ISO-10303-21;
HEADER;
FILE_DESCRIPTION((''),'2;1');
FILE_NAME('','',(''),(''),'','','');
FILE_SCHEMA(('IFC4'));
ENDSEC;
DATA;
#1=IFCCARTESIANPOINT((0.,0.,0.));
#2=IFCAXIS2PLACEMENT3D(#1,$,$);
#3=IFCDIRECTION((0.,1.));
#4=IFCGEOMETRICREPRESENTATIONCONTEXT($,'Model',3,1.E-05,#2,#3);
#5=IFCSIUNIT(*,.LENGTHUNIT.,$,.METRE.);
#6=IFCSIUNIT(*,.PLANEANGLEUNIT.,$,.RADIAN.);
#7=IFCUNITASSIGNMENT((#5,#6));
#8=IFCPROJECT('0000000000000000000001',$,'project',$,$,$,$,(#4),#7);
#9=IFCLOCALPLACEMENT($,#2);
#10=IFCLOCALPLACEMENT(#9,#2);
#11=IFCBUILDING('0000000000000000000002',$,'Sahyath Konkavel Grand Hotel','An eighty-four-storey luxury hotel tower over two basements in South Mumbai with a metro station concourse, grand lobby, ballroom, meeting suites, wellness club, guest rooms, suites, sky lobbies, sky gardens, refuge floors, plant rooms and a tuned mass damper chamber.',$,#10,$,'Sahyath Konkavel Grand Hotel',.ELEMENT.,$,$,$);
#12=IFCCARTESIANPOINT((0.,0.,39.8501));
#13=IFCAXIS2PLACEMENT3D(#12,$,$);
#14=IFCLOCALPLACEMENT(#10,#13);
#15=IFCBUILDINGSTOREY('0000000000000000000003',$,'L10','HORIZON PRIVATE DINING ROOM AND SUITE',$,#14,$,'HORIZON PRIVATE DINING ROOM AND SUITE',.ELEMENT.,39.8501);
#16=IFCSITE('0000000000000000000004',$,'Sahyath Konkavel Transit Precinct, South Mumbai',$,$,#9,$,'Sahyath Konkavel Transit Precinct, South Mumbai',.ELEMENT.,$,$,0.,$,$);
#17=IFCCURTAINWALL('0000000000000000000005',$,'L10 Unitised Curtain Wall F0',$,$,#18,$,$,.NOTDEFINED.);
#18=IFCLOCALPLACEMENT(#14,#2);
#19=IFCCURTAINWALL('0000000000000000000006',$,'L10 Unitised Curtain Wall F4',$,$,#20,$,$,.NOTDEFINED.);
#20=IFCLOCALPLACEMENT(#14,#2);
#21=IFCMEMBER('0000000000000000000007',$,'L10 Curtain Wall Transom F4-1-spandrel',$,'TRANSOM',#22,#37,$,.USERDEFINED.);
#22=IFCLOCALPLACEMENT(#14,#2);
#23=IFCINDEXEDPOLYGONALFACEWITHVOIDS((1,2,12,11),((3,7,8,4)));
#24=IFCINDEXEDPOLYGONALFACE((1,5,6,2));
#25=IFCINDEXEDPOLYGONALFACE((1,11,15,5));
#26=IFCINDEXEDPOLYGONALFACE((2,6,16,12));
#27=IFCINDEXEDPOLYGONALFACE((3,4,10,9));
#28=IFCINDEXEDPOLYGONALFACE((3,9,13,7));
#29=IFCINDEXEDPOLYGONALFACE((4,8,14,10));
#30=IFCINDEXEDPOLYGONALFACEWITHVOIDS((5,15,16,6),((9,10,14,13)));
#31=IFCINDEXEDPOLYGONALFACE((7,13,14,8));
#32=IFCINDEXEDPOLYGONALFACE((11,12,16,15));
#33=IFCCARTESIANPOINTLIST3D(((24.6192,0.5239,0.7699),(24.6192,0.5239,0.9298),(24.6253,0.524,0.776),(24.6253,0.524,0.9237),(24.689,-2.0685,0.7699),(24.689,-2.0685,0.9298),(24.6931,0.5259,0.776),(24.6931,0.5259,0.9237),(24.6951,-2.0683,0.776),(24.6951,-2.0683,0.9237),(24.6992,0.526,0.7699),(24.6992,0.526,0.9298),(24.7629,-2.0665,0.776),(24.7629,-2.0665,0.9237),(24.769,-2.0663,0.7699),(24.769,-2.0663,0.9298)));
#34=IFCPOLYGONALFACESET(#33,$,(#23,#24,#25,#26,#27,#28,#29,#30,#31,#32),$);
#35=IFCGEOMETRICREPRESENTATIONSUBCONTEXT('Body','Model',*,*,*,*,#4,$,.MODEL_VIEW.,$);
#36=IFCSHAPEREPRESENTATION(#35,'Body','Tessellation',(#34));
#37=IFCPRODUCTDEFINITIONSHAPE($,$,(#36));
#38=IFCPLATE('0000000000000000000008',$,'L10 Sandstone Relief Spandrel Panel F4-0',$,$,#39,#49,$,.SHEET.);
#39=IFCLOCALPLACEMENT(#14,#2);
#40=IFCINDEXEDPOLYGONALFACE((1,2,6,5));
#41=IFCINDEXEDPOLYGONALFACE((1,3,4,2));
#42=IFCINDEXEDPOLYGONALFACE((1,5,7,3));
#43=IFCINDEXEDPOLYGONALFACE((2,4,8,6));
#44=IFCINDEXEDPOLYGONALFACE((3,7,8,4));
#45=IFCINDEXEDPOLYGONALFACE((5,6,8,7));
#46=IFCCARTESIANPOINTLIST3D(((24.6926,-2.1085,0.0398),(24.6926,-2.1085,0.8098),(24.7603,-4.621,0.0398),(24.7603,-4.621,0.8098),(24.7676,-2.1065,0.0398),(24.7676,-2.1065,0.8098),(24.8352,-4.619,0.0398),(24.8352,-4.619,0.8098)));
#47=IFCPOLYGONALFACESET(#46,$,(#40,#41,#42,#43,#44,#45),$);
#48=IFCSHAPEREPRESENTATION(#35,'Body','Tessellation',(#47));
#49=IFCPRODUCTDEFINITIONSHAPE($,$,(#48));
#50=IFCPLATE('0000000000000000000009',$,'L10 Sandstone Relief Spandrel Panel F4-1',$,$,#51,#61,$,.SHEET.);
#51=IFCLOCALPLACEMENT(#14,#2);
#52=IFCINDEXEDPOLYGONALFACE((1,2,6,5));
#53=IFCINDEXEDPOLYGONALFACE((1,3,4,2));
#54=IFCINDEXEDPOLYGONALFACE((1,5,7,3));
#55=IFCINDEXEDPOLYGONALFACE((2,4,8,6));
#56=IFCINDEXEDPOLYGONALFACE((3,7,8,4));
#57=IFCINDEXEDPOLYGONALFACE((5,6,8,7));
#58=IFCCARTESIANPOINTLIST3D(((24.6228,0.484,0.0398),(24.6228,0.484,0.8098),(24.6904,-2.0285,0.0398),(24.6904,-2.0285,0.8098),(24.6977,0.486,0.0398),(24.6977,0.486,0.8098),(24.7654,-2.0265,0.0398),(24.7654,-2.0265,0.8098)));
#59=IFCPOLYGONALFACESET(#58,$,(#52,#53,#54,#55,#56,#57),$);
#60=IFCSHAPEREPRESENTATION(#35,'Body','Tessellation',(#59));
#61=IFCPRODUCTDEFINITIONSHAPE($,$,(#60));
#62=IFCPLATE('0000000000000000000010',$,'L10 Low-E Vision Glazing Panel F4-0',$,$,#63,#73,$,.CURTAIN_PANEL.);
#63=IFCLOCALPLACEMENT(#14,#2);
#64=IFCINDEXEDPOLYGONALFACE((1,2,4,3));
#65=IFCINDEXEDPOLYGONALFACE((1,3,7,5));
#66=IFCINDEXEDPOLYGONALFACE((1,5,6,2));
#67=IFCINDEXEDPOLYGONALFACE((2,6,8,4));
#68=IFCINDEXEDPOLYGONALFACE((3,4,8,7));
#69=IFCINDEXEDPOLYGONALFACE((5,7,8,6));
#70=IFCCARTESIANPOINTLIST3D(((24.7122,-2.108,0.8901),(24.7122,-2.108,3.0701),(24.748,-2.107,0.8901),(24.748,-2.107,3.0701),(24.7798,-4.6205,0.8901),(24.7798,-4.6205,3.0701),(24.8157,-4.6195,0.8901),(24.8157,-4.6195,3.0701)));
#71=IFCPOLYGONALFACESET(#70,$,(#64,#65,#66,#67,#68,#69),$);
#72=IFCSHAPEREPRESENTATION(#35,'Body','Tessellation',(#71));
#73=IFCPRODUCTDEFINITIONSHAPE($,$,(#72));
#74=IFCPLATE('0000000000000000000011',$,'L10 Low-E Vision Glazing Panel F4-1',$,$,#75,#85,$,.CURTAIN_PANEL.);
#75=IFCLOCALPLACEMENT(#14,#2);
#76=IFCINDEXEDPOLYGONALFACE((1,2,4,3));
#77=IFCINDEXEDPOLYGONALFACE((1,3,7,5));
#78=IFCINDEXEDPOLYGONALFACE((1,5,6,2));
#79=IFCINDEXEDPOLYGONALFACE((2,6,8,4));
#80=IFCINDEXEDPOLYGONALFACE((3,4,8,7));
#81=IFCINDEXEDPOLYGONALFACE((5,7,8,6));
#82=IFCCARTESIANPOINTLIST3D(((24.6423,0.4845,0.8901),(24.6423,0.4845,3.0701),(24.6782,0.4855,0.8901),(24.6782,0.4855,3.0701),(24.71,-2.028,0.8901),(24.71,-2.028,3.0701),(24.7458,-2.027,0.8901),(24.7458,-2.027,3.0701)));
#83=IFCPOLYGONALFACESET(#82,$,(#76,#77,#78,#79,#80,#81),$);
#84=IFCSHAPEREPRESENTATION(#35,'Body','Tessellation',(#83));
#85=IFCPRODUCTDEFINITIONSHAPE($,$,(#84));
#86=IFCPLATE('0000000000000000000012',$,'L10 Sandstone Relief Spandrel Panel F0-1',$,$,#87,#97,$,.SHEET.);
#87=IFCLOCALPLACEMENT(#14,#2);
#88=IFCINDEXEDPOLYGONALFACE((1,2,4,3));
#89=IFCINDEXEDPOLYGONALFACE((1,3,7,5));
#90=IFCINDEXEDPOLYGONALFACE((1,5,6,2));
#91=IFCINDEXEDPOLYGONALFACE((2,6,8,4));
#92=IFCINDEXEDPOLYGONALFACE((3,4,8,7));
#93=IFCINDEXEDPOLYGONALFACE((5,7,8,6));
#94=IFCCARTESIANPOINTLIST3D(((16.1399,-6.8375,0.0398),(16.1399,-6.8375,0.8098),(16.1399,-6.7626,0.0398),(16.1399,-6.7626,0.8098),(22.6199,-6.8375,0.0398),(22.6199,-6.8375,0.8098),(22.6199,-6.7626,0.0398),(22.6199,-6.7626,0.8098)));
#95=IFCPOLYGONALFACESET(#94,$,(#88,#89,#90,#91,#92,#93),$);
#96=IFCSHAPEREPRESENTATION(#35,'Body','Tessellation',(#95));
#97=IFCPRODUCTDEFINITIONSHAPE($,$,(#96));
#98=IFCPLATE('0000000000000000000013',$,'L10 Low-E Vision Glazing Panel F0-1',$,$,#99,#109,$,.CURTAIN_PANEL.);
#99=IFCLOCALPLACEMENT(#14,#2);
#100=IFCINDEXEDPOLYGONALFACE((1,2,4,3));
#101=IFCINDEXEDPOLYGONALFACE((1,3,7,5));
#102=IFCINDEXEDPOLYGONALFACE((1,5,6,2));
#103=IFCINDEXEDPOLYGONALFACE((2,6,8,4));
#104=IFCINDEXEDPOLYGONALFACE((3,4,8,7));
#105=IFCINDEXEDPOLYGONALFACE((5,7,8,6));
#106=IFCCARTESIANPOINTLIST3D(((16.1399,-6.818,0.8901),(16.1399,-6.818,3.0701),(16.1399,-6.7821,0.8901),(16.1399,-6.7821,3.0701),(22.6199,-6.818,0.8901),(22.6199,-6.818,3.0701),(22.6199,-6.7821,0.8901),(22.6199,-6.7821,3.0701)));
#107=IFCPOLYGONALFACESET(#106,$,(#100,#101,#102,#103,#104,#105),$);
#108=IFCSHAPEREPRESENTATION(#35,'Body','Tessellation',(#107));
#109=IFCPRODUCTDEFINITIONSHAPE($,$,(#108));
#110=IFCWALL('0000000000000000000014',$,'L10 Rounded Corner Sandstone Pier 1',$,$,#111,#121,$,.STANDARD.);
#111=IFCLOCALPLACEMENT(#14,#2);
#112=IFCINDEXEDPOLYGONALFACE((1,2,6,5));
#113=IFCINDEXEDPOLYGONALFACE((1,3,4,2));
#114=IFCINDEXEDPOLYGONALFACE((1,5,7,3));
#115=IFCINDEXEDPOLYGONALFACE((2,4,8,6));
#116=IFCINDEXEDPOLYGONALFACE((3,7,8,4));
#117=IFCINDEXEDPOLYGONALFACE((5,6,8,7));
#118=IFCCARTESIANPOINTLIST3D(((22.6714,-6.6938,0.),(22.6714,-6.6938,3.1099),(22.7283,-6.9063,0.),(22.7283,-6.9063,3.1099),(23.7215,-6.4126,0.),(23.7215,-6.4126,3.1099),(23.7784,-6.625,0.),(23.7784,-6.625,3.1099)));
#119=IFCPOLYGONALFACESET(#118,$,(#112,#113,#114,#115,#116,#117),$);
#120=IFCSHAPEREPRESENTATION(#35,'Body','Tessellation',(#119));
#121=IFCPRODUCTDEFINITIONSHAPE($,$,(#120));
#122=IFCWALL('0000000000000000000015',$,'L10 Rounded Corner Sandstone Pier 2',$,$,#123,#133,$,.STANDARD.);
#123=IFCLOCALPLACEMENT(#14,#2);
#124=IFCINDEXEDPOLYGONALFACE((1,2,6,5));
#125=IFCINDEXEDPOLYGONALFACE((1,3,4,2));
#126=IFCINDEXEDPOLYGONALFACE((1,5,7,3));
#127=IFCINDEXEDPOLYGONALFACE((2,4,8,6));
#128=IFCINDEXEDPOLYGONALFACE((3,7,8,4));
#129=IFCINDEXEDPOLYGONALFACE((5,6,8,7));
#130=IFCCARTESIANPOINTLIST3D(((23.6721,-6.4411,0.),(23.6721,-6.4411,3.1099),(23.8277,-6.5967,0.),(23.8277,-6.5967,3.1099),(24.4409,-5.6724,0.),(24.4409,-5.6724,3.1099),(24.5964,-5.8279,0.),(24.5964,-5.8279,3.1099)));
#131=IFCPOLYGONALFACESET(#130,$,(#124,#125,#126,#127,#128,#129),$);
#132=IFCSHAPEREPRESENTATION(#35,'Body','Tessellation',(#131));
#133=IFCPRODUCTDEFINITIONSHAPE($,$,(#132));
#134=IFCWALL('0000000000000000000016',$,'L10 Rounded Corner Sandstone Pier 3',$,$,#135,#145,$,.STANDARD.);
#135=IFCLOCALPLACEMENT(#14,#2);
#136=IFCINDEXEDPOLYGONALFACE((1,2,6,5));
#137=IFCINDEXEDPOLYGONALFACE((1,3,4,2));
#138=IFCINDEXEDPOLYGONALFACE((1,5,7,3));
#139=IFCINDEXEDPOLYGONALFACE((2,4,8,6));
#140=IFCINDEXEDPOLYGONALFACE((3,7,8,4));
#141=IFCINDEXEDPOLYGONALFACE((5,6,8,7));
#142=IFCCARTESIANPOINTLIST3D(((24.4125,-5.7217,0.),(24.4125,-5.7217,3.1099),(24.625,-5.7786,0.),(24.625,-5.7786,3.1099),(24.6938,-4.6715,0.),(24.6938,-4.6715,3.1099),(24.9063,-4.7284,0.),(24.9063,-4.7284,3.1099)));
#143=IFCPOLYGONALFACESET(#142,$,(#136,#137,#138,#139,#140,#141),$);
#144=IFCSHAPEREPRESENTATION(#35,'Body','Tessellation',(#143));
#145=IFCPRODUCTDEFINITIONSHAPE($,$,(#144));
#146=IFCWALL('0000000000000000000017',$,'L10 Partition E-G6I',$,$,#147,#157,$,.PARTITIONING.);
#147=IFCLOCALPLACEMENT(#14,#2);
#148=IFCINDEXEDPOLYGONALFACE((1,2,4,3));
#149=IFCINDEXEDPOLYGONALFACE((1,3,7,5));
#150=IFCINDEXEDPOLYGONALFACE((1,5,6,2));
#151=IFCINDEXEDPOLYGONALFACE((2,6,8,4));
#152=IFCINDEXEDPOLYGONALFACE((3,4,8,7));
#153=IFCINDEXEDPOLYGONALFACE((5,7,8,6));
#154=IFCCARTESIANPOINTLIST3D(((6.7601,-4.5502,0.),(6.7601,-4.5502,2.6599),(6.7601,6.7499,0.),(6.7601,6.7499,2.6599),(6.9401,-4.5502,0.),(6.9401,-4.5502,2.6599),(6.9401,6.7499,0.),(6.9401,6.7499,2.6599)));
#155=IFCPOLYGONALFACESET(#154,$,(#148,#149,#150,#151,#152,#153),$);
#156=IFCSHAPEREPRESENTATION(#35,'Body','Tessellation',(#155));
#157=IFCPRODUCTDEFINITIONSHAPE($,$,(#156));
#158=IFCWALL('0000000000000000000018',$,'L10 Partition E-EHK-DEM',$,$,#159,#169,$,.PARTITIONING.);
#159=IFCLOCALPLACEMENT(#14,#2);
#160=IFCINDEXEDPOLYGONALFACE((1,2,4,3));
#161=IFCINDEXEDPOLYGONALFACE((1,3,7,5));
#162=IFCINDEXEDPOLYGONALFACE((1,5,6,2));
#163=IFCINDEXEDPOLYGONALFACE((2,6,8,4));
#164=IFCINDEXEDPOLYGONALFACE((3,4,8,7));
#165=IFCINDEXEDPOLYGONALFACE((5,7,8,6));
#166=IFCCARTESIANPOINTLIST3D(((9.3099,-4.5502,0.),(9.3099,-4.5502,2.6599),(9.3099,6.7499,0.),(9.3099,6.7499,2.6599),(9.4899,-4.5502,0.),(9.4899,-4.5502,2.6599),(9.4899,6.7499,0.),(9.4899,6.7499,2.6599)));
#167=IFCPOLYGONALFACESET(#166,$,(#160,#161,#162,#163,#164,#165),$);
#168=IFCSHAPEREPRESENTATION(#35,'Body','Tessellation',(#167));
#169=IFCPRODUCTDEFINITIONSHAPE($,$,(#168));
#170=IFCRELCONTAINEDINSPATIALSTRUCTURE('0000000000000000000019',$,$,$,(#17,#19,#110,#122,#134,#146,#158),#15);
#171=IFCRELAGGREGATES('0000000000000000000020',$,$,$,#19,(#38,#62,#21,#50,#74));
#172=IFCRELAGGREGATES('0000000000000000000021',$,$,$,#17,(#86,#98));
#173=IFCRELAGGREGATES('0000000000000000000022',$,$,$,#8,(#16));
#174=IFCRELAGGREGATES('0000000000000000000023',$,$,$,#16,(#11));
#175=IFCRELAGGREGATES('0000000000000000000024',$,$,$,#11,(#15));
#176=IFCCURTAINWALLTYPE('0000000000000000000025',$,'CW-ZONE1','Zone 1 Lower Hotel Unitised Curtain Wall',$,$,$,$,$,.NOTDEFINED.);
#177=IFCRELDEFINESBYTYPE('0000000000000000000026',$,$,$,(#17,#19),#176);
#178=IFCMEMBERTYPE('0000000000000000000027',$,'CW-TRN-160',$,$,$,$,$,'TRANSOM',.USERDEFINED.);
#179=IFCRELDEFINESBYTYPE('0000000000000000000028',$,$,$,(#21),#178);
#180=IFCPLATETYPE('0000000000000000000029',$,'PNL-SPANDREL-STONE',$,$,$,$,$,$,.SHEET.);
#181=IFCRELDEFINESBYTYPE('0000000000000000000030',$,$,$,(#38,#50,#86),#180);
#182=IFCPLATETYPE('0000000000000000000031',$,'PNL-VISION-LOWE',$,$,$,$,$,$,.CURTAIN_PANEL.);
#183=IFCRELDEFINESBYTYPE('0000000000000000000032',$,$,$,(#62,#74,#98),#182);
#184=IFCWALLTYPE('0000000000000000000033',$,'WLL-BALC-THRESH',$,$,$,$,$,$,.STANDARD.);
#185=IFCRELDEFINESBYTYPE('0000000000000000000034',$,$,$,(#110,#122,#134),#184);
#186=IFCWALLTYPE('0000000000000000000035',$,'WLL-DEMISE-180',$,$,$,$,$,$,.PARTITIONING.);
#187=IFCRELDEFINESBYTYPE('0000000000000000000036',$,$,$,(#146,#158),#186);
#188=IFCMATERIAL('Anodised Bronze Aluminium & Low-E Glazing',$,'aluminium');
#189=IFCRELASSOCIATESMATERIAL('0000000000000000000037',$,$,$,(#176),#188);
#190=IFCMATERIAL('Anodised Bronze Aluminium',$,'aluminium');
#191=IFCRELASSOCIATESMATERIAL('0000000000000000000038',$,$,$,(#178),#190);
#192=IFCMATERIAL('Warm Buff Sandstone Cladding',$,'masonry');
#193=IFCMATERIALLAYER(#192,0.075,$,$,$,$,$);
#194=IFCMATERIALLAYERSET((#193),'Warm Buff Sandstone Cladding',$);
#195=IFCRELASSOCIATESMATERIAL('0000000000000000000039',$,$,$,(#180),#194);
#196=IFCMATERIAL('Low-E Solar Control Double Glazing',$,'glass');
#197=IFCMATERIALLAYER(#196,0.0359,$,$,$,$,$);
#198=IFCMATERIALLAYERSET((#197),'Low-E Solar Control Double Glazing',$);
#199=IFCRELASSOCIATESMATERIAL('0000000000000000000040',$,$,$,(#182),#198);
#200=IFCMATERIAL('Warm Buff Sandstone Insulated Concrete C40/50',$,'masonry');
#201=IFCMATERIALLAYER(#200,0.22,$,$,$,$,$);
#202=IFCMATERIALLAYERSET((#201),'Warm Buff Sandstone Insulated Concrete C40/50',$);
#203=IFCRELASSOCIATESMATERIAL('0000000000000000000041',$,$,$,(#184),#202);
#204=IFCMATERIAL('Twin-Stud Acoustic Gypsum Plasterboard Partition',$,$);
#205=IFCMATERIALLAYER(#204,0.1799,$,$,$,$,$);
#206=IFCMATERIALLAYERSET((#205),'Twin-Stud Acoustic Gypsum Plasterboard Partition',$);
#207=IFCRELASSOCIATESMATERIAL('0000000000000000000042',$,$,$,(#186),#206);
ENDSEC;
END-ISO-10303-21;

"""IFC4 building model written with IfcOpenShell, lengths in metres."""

from ifc_helpers import new_model, si_unit, direction, frame, frame_2d, origin, origin_2d, place, context, subcontext, project, spatial, rectangle, hollow_rectangle, extrude, source, transform, mapped, material, layer, layer_set, material_profile, profile_set, type_object, element, aggregate, save


model = new_model("IFC4")

# Units and contexts
model_context = context("Model", 3, precision=1e-05, world=origin(), true_north=direction((0.0, 1.0)))
body_context = subcontext(model_context, "Body", "Model", "MODEL_VIEW")
ifc_project = project(units=[si_unit("LENGTHUNIT", "METRE"), si_unit("PLANEANGLEUNIT", "RADIAN")], contexts=[model_context])

# Site, building, storey
site_placement = place(None, origin())
site = spatial("IfcSite", under=ifc_project, at=site_placement, Name="Sahyath Konkavel Transit Precinct, South Mumbai", LongName="Sahyath Konkavel Transit Precinct, South Mumbai", CompositionType="ELEMENT", RefElevation=0.0)
building_placement = place(site_placement, origin())
building = spatial("IfcBuilding", under=site, at=building_placement, Name="Sahyath Konkavel Grand Hotel", Description="An eighty-four-storey luxury hotel tower over two basements in South Mumbai with a metro station concourse, grand lobby, ballroom, meeting suites, wellness club, guest rooms, suites, sky lobbies, sky gardens, refuge floors, plant rooms and a tuned mass damper chamber.", LongName="Sahyath Konkavel Grand Hotel", CompositionType="ELEMENT")
storey_placement = place(building_placement, frame((0.0, 0.0, 39.8501)))
storey = spatial("IfcBuildingStorey", under=building, at=storey_placement, Name="L10", Description="HORIZON PRIVATE DINING ROOM AND SUITE", LongName="HORIZON PRIVATE DINING ROOM AND SUITE", CompositionType="ELEMENT", Elevation=39.8501)

# Curtain wall
ifc_material_1 = material(Name="Anodised Bronze Aluminium & Low-E Glazing", Category="aluminium")
curtain_wall_type = type_object("IfcCurtainWallType", Name="CW-ZONE1", Description="Zone 1 Lower Hotel Unitised Curtain Wall", PredefinedType="NOTDEFINED", material=ifc_material_1)
curtain_wall_1_placement = place(storey_placement, origin())
curtain_wall_1 = element("IfcCurtainWall", 1, at=curtain_wall_1_placement, inside=storey, type_object=curtain_wall_type, Name="L10 Unitised Curtain Wall F0", PredefinedType="NOTDEFINED")
ifc_material_2 = material(Name="Anodised Bronze Aluminium", Category="aluminium")

# Curtain wall, member, plates
curtain_wall_2_placement = place(storey_placement, origin())
curtain_wall_2 = element("IfcCurtainWall", 2, at=curtain_wall_2_placement, inside=storey, type_object=curtain_wall_type, Name="L10 Unitised Curtain Wall F4", PredefinedType="NOTDEFINED")
ifc_material_profile_1 = material_profile(ifc_material_2, hollow_rectangle(XDim=0.0801, YDim=0.1599, WallThickness=0.0061, at=origin_2d()), Name="RHS 160x80x6")
ifc_profile_set_1 = profile_set([ifc_material_profile_1], Name="Anodised Bronze Aluminium")
member_type_1 = type_object("IfcMemberType", Name="CW-TRN-160", ElementType="TRANSOM", PredefinedType="USERDEFINED", material=ifc_profile_set_1)
shared_shape_1 = source(origin(), body_context, "Body", "SweptSolid", [
    extrude(hollow_rectangle(XDim=0.0801, YDim=0.1599, WallThickness=0.0061, at=origin_2d()), origin(), (0.0, 0.0, 1.0), 2.5933),
])
member_1_placement = place(storey_placement, frame((24.729, -2.0674, 0.8499), z_axis=(-0.026926, 0.999637, 0.0), x_axis=(-0.999637, -0.026926, 0.0)))
member_1 = element("IfcMember", 3, at=member_1_placement, type_object=member_type_1, Name="L10 Curtain Wall Transom F4-1-spandrel", ObjectType="TRANSOM", PredefinedType="USERDEFINED", context=body_context, shape_type="MappedRepresentation", body=[
    mapped(shared_shape_1, transform((0.0, 0.0, 0.0), scale=1.0)),
])
ifc_material_3 = material(Name="Warm Buff Sandstone Cladding", Category="masonry")
ifc_layer_1 = layer(ifc_material_3, 0.075)
ifc_layer_set_1 = layer_set([ifc_layer_1], Name="Warm Buff Sandstone Cladding")
plate_type_1 = type_object("IfcPlateType", Name="PNL-SPANDREL-STONE", PredefinedType="SHEET", material=ifc_layer_set_1)
shared_shape_2 = source(origin(), body_context, "Body", "SweptSolid", [
    extrude(rectangle(XDim=2.5134, YDim=0.075, at=origin_2d()), origin(), (0.0, 0.0, 1.0), 0.77),
])
plate_1_placement = place(storey_placement, frame((24.7639, -3.3638, 0.0398), z_axis=(0.0, 0.0, 1.0), x_axis=(-0.02691, 0.999638, 0.0)))
plate_1 = element("IfcPlate", 4, at=plate_1_placement, type_object=plate_type_1, Name="L10 Sandstone Relief Spandrel Panel F4-0", PredefinedType="SHEET", context=body_context, shape_type="MappedRepresentation", body=[
    mapped(shared_shape_2, transform((0.0, 0.0, 0.0), scale=1.0)),
])
plate_2_placement = place(storey_placement, frame((24.6941, -0.7712, 0.0398), z_axis=(0.0, 0.0, 1.0), x_axis=(-0.02691, 0.999638, 0.0)))
plate_2 = element("IfcPlate", 5, at=plate_2_placement, type_object=plate_type_1, Name="L10 Sandstone Relief Spandrel Panel F4-1", PredefinedType="SHEET", context=body_context, shape_type="MappedRepresentation", body=[
    mapped(shared_shape_2, transform((0.0, 0.0, 0.0), scale=1.0)),
])
ifc_material_4 = material(Name="Low-E Solar Control Double Glazing", Category="glass")
ifc_layer_2 = layer(ifc_material_4, 0.0359)
ifc_layer_set_2 = layer_set([ifc_layer_2], Name="Low-E Solar Control Double Glazing")
plate_type_2 = type_object("IfcPlateType", Name="PNL-VISION-LOWE", PredefinedType="CURTAIN_PANEL", material=ifc_layer_set_2)
shared_shape_3 = source(origin(), body_context, "Body", "SweptSolid", [
    extrude(rectangle(XDim=2.5134, YDim=0.0359, at=origin_2d()), origin(), (0.0, 0.0, 1.0), 2.1799),
])
plate_3_placement = place(storey_placement, frame((24.7639, -3.3638, 0.8901), z_axis=(0.0, 0.0, 1.0), x_axis=(-0.02691, 0.999638, 0.0)))
plate_3 = element("IfcPlate", 6, at=plate_3_placement, type_object=plate_type_2, Name="L10 Low-E Vision Glazing Panel F4-0", PredefinedType="CURTAIN_PANEL", context=body_context, shape_type="MappedRepresentation", body=[
    mapped(shared_shape_3, transform((0.0, 0.0, 0.0), scale=1.0)),
])
plate_4_placement = place(storey_placement, frame((24.6941, -0.7712, 0.8901), z_axis=(0.0, 0.0, 1.0), x_axis=(-0.02691, 0.999638, 0.0)))
plate_4 = element("IfcPlate", 7, at=plate_4_placement, type_object=plate_type_2, Name="L10 Low-E Vision Glazing Panel F4-1", PredefinedType="CURTAIN_PANEL", context=body_context, shape_type="MappedRepresentation", body=[
    mapped(shared_shape_3, transform((0.0, 0.0, 0.0), scale=1.0)),
])
aggregate(curtain_wall_2, [plate_1, plate_3, member_1, plate_2, plate_4])

# Plates
shared_shape_4 = source(origin(), body_context, "Body", "SweptSolid", [
    extrude(rectangle(XDim=6.48, YDim=0.075, at=origin_2d()), origin(), (0.0, 0.0, 1.0), 0.77),
])
plate_5_placement = place(storey_placement, frame((19.3799, -6.8, 0.0398), z_axis=(0.0, 0.0, 1.0), x_axis=(1.0, 0.0, 0.0)))
plate_5 = element("IfcPlate", 8, at=plate_5_placement, type_object=plate_type_1, Name="L10 Sandstone Relief Spandrel Panel F0-1", PredefinedType="SHEET", context=body_context, shape_type="MappedRepresentation", body=[
    mapped(shared_shape_4, transform((0.0, 0.0, 0.0), scale=1.0)),
])
shared_shape_5 = source(origin(), body_context, "Body", "SweptSolid", [
    extrude(rectangle(XDim=6.48, YDim=0.0359, at=origin_2d()), origin(), (0.0, 0.0, 1.0), 2.1799),
])
plate_6_placement = place(storey_placement, frame((19.3799, -6.8, 0.8901), z_axis=(0.0, 0.0, 1.0), x_axis=(1.0, 0.0, 0.0)))
plate_6 = element("IfcPlate", 9, at=plate_6_placement, type_object=plate_type_2, Name="L10 Low-E Vision Glazing Panel F0-1", PredefinedType="CURTAIN_PANEL", context=body_context, shape_type="MappedRepresentation", body=[
    mapped(shared_shape_5, transform((0.0, 0.0, 0.0), scale=1.0)),
])
aggregate(curtain_wall_1, [plate_5, plate_6])

# Walls
ifc_material_5 = material(Name="Warm Buff Sandstone Insulated Concrete C40/50", Category="masonry")
ifc_layer_3 = layer(ifc_material_5, 0.22)
ifc_layer_set_3 = layer_set([ifc_layer_3], Name="Warm Buff Sandstone Insulated Concrete C40/50")
wall_type_1 = type_object("IfcWallType", Name="WLL-BALC-THRESH", PredefinedType="STANDARD", material=ifc_layer_set_3)
for number, where, z_axis, x_axis, name in (
    (10, (22.7, -6.8, 0.0), (0.0, 0.0, 1.0), (0.965951, 0.258725, 0.0), "L10 Rounded Corner Sandstone Pier 1"),
    (11, (23.75, -6.5188, 0.0), (0.0, 0.0, 1.0), (0.707107, 0.707107, 0.0), "L10 Rounded Corner Sandstone Pier 2"),
    (12, (24.5188, -5.75, 0.0), (0.0, 0.0, 1.0), (0.258725, 0.965951, 0.0), "L10 Rounded Corner Sandstone Pier 3"),
):
    element("IfcWall", number, at=place(storey_placement, frame(where, z_axis=z_axis, x_axis=x_axis)), inside=storey, type_object=wall_type_1, Name=name, PredefinedType="STANDARD", context=body_context, shape_type="SweptSolid", body=[
        extrude(rectangle(XDim=1.0872, YDim=0.22, at=frame_2d((0.5435, 0.0))), origin(), (0.0, 0.0, 1.0), 3.1099),
    ])
ifc_material_6 = material(Name="Twin-Stud Acoustic Gypsum Plasterboard Partition")
ifc_layer_4 = layer(ifc_material_6, 0.1799)
ifc_layer_set_4 = layer_set([ifc_layer_4], Name="Twin-Stud Acoustic Gypsum Plasterboard Partition")
wall_type_2 = type_object("IfcWallType", Name="WLL-DEMISE-180", PredefinedType="PARTITIONING", material=ifc_layer_set_4)
for number, where, z_axis, x_axis, name in (
    (13, (6.8501, -4.55, 0.0), (0.0, 0.0, 1.0), (0.0, 1.0, 0.0), "L10 Partition E-G6I"),
    (14, (9.3999, -4.55, 0.0), (0.0, 0.0, 1.0), (0.0, 1.0, 0.0), "L10 Partition E-EHK-DEM"),
):
    element("IfcWall", number, at=place(storey_placement, frame(where, z_axis=z_axis, x_axis=x_axis)), inside=storey, type_object=wall_type_2, Name=name, PredefinedType="PARTITIONING", context=body_context, shape_type="SweptSolid", body=[
        extrude(rectangle(XDim=11.3, YDim=0.1799, at=frame_2d((5.6499, 0.0))), origin(), (0.0, 0.0, 1.0), 2.6599),
    ])

save(model, "model.ifc")
